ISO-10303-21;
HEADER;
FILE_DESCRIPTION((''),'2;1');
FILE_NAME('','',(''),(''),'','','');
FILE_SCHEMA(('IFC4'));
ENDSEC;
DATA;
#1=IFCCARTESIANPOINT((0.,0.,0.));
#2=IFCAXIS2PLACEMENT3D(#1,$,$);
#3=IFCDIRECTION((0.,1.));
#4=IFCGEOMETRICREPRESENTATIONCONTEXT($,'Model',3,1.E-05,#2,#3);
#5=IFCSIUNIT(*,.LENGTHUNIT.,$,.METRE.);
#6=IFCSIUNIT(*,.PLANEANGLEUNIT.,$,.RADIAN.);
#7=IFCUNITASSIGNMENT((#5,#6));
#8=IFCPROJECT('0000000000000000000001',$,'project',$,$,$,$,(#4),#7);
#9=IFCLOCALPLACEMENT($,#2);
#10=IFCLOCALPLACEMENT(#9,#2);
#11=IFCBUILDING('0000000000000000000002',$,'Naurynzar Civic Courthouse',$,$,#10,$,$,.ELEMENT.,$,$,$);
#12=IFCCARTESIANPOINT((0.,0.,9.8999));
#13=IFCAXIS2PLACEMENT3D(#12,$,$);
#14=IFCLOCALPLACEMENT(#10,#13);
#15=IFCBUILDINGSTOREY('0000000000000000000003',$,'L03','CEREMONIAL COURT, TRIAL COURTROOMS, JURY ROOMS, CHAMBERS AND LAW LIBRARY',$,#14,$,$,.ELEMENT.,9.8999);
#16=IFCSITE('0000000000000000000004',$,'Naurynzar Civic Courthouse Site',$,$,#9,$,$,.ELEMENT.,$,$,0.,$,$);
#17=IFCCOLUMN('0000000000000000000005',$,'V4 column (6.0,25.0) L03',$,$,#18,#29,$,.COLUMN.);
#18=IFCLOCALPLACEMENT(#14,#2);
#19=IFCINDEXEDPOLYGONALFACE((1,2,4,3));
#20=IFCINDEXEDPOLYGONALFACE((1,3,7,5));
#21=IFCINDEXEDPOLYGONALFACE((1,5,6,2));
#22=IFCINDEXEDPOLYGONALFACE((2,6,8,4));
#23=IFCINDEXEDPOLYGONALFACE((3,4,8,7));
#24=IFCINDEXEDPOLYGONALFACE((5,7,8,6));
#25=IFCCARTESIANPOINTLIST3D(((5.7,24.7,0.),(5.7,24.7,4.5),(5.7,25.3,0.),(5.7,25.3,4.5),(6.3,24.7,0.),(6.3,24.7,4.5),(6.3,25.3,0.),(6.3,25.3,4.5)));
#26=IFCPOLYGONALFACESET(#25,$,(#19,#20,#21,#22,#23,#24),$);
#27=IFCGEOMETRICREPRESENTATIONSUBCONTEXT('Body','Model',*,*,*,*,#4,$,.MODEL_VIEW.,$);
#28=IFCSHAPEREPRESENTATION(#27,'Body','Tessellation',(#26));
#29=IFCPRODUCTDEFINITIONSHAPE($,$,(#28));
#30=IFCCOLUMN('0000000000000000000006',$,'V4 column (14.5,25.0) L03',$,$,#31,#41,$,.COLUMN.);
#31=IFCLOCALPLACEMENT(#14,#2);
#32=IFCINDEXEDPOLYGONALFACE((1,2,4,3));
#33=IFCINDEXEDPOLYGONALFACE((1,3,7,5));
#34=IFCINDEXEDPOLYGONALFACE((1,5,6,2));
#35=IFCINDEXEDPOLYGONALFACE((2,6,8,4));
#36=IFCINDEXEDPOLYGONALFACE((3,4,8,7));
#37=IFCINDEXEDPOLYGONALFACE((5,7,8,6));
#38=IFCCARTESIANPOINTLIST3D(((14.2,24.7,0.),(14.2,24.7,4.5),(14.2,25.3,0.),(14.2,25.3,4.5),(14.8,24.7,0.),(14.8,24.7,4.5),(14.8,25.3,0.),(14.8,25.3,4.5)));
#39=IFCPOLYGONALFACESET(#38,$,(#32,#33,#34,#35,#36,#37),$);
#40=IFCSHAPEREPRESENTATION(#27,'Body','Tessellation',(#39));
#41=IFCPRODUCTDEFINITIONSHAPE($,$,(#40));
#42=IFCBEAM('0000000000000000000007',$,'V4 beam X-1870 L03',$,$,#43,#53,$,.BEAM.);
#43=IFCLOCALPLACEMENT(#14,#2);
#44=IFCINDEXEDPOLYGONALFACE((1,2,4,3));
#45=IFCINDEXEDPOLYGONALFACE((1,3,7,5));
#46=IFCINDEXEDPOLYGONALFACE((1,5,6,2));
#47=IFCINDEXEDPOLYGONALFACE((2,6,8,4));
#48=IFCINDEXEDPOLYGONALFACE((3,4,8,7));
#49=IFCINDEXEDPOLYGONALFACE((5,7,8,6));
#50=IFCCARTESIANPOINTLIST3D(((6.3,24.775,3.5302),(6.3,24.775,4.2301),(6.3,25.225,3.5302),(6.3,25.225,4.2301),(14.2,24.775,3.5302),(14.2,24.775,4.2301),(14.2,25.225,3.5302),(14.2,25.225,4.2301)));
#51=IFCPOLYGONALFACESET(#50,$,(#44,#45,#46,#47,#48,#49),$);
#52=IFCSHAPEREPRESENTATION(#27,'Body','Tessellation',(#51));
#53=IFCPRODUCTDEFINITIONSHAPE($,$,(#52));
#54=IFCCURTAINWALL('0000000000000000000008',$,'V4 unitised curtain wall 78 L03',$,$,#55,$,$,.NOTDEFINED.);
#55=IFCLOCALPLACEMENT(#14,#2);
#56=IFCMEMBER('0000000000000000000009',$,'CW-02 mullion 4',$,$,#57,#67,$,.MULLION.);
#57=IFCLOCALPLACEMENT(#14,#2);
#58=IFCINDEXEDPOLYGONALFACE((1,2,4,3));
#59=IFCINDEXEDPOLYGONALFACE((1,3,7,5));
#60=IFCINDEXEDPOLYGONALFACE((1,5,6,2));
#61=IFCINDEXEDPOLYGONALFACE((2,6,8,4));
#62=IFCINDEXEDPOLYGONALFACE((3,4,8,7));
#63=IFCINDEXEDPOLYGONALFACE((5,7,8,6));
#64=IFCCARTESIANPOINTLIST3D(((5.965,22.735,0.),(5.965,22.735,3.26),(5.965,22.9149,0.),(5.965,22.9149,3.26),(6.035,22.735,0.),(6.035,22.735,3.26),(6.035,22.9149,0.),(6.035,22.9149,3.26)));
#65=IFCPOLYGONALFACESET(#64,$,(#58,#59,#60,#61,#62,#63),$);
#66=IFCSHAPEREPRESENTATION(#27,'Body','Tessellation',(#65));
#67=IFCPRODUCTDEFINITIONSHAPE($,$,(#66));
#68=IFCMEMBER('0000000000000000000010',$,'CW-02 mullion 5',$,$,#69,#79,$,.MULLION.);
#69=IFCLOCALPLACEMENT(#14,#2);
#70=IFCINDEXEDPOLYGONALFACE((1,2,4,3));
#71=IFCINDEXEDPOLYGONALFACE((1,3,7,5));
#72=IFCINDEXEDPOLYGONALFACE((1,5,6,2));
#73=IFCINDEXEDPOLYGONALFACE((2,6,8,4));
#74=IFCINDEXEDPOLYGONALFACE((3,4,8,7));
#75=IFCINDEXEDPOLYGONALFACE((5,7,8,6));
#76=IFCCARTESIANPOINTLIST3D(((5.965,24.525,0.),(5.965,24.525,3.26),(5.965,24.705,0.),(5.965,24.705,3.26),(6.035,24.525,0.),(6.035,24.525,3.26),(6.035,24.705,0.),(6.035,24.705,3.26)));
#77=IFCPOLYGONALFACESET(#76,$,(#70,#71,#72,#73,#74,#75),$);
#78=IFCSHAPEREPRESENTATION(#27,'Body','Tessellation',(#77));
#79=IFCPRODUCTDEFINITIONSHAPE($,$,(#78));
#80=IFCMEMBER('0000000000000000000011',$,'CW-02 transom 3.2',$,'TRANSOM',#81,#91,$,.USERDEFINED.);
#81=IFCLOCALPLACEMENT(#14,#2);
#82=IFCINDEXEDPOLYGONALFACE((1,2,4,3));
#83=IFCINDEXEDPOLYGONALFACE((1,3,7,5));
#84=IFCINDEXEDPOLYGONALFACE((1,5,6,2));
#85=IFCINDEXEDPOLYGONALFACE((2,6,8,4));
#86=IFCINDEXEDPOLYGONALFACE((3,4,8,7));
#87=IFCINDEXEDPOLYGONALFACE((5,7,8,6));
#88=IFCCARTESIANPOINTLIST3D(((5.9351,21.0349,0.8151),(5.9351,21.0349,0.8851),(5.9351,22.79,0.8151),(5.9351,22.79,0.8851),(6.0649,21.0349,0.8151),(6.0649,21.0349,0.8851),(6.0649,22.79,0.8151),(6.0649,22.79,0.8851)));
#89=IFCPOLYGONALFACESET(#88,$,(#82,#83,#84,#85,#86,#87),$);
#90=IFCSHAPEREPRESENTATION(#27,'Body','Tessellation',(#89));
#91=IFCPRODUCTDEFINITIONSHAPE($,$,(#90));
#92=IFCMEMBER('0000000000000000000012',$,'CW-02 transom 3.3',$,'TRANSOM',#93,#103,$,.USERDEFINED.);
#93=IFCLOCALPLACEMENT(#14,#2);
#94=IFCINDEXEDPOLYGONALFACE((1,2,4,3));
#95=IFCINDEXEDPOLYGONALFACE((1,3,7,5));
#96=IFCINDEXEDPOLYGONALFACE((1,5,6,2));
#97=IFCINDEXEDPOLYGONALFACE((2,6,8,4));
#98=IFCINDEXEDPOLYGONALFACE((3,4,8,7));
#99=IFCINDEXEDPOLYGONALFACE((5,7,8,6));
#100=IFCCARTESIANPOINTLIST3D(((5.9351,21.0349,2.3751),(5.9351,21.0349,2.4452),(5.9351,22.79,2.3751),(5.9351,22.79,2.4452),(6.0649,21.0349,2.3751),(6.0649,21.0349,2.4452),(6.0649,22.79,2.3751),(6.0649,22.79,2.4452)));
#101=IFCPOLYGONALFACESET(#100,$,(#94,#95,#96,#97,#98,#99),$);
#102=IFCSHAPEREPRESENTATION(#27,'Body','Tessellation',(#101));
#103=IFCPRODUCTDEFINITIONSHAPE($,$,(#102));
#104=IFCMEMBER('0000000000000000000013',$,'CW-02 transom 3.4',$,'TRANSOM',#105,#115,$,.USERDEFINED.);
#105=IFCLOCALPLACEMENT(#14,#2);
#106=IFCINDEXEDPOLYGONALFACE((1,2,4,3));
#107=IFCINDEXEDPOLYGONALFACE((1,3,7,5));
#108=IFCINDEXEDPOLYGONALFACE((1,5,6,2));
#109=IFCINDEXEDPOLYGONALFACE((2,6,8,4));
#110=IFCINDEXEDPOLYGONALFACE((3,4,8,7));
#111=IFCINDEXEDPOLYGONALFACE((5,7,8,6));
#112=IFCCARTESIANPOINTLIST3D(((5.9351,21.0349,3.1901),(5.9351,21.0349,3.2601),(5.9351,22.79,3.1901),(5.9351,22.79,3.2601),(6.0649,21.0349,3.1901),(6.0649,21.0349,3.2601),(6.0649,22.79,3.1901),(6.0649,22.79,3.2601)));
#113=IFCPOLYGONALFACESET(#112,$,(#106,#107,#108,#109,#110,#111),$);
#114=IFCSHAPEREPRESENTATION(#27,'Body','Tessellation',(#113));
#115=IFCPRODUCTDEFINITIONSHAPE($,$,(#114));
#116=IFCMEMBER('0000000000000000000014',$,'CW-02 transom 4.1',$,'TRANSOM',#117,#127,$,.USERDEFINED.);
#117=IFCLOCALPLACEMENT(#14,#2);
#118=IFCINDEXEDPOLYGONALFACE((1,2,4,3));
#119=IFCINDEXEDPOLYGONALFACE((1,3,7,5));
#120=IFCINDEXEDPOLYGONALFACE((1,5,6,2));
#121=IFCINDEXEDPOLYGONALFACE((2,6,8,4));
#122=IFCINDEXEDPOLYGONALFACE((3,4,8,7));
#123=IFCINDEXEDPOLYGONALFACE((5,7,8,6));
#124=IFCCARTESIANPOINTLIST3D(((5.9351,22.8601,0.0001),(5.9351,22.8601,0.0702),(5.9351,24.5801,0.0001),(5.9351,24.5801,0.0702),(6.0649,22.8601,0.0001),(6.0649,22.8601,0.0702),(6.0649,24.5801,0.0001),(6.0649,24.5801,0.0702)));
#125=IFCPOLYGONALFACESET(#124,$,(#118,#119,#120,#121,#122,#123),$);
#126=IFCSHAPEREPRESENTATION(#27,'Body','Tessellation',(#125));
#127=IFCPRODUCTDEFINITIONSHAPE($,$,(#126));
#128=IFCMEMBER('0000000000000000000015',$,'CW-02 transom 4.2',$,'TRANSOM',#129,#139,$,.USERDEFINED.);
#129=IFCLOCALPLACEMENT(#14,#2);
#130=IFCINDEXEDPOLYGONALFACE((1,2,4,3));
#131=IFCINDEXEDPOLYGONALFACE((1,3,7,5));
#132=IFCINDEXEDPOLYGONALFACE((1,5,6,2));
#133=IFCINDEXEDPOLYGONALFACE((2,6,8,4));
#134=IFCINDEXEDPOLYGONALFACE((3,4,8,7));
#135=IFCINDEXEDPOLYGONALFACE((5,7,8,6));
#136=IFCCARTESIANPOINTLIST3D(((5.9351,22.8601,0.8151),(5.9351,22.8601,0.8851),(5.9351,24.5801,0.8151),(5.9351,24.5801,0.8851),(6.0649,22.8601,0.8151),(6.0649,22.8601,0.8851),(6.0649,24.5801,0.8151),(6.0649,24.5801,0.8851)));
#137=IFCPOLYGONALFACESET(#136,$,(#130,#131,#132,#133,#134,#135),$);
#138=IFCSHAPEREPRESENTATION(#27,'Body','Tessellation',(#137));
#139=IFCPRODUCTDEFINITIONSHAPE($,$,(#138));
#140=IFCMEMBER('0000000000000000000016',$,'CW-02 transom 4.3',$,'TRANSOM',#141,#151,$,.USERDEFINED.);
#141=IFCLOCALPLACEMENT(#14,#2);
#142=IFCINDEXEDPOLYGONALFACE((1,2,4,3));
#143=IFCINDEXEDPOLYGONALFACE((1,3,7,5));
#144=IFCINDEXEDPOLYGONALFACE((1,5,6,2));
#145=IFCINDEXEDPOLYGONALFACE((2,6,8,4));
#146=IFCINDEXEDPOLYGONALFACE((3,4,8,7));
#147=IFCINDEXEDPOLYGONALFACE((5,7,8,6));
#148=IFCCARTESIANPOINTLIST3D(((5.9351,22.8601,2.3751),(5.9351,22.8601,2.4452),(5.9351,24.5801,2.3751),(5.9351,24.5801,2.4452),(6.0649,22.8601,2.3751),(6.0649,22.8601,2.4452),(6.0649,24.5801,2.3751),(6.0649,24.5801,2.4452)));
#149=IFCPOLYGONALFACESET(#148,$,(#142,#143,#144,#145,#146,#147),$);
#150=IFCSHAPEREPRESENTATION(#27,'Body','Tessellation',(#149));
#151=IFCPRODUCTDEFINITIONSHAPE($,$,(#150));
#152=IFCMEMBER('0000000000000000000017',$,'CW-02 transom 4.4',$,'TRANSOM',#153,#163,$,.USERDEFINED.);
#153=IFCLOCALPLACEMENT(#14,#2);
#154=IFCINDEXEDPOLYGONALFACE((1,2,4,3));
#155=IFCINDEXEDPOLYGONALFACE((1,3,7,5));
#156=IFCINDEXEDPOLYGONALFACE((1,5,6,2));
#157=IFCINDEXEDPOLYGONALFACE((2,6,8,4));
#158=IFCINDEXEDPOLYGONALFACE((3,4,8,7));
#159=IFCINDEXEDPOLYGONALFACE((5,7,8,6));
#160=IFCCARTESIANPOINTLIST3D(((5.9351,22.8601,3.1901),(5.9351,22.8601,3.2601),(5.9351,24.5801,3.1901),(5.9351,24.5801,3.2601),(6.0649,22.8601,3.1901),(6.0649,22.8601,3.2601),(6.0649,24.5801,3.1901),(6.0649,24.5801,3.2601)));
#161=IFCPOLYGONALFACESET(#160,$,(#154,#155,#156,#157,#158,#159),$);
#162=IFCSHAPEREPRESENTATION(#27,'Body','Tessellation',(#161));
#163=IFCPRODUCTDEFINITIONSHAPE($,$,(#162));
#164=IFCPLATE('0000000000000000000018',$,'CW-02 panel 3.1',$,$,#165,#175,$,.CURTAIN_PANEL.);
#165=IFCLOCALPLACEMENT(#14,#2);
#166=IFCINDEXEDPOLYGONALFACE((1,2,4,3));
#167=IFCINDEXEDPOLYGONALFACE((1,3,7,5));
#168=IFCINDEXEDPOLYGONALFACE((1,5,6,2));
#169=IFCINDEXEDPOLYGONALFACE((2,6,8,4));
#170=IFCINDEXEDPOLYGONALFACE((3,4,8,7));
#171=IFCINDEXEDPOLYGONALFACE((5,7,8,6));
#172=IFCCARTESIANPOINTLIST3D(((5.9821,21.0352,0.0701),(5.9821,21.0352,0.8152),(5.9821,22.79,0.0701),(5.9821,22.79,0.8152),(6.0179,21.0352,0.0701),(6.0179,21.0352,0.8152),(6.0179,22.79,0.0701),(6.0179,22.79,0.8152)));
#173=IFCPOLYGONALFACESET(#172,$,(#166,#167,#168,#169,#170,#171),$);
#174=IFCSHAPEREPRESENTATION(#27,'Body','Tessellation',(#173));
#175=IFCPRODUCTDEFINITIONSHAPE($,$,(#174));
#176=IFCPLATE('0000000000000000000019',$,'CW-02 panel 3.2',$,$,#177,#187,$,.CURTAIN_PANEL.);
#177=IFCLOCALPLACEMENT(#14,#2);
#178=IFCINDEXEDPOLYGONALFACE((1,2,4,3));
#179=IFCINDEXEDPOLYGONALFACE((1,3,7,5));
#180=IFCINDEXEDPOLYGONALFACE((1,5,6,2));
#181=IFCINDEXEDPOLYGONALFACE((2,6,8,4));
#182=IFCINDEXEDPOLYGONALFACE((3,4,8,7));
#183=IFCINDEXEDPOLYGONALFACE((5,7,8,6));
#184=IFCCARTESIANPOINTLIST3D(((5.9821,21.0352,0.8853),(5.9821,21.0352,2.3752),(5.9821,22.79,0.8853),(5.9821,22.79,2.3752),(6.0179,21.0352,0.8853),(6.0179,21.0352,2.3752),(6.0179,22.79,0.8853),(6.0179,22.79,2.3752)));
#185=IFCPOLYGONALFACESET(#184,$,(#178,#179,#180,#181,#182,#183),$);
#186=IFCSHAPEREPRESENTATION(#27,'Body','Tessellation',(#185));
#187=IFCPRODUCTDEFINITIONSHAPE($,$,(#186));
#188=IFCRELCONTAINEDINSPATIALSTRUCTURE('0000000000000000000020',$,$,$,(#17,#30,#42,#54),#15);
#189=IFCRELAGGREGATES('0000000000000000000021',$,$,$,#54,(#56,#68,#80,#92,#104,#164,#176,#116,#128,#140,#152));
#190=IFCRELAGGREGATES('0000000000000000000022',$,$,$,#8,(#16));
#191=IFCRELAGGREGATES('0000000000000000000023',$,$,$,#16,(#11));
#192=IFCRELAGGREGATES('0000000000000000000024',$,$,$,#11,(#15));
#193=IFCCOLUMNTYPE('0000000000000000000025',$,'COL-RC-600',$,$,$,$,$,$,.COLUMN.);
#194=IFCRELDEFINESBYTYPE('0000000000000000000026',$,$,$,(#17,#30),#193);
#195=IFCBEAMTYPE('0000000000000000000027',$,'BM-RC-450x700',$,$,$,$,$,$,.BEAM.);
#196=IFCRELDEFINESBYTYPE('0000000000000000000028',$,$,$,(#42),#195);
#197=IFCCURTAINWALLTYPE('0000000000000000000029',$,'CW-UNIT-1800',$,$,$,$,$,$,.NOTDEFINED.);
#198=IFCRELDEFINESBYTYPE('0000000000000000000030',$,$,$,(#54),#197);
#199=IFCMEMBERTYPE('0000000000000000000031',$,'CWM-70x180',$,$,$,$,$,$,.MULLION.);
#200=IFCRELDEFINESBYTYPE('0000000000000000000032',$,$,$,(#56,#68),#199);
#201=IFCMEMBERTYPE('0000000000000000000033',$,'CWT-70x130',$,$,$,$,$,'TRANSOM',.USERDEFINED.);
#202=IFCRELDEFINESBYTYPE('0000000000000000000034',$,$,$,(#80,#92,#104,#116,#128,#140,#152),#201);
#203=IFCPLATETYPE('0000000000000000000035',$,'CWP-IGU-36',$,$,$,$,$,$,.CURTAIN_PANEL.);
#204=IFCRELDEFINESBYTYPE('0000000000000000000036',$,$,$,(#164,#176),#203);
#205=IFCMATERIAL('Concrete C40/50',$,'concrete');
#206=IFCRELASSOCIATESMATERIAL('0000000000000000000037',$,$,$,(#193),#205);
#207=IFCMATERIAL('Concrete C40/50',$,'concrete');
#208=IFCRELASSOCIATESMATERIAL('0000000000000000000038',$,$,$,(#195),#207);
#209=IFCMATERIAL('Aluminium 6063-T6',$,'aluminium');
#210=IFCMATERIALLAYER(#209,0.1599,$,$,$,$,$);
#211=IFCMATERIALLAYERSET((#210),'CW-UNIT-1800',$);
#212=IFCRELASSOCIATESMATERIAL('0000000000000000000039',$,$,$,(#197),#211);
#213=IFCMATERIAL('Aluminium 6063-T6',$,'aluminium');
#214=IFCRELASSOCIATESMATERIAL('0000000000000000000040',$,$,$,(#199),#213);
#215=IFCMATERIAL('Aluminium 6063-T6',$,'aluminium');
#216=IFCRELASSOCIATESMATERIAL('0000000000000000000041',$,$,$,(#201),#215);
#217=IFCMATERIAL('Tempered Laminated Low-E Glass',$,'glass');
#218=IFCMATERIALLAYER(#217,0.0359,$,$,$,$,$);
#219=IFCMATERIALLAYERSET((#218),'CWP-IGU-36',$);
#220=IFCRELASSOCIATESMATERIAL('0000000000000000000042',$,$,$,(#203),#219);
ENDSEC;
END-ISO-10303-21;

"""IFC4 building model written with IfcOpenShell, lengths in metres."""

from ifc_helpers import new_model, si_unit, direction, frame, origin, origin_2d, place, context, subcontext, project, spatial, rectangle, extrude, material, layer, layer_set, material_profile, profile_set, type_object, element, aggregate, save


model = new_model("IFC4")

# Units and contexts
model_context = context("Model", 3, precision=1e-05, world=origin(), true_north=direction((0.0, 1.0)))
body_context = subcontext(model_context, "Body", "Model", "MODEL_VIEW")
ifc_project = project(units=[si_unit("LENGTHUNIT", "METRE"), si_unit("PLANEANGLEUNIT", "RADIAN")], contexts=[model_context])

# Site, building, storey
site_placement = place(None, origin())
site = spatial("IfcSite", under=ifc_project, at=site_placement, Name="Naurynzar Civic Courthouse Site", CompositionType="ELEMENT", RefElevation=0.0)
building_placement = place(site_placement, origin())
building = spatial("IfcBuilding", under=site, at=building_placement, Name="Naurynzar Civic Courthouse", CompositionType="ELEMENT")
storey_placement = place(building_placement, frame((0.0, 0.0, 9.8999)))
storey = spatial("IfcBuildingStorey", under=building, at=storey_placement, Name="L03", Description="CEREMONIAL COURT, TRIAL COURTROOMS, JURY ROOMS, CHAMBERS AND LAW LIBRARY", CompositionType="ELEMENT", Elevation=9.8999)

# Columns
ifc_material_1 = material(Name="Concrete C40/50", Category="concrete")
ifc_material_profile_1 = material_profile(ifc_material_1, rectangle(XDim=0.6001, YDim=0.6001, at=origin_2d()), Name="RC 600x600")
ifc_profile_set_1 = profile_set([ifc_material_profile_1], Name="Concrete C40/50")
column_type = type_object("IfcColumnType", Name="COL-RC-600", PredefinedType="COLUMN", material=ifc_profile_set_1)
for number, where, z_axis, x_axis, name in (
    (1, (6.0, 25.0, 0.0), (0.0, 0.0, 1.0), (1.0, 0.0, 0.0), "V4 column (6.0,25.0) L03"),
    (2, (14.5, 25.0, 0.0), (0.0, 0.0, 1.0), (1.0, 0.0, 0.0), "V4 column (14.5,25.0) L03"),
):
    element("IfcColumn", number, at=place(storey_placement, frame(where, z_axis=z_axis, x_axis=x_axis)), inside=storey, type_object=column_type, Name=name, PredefinedType="COLUMN", context=body_context, shape_type="SweptSolid", body=[
        extrude(rectangle(XDim=0.6001, YDim=0.6001, at=origin_2d()), origin(), (0.0, 0.0, 1.0), 4.5),
    ])

# Beam
ifc_material_2 = material(Name="Concrete C40/50", Category="concrete")
ifc_material_profile_2 = material_profile(ifc_material_2, rectangle(XDim=0.45, YDim=0.7, at=origin_2d()), Name="RCB 450x700")
ifc_profile_set_2 = profile_set([ifc_material_profile_2], Name="Concrete C40/50")
beam_type = type_object("IfcBeamType", Name="BM-RC-450x700", PredefinedType="BEAM", material=ifc_profile_set_2)
beam_placement = place(storey_placement, frame((6.3, 25.0, 3.8801), z_axis=(1.0, 0.0, 0.0), x_axis=(0.0, 1.0, 0.0)))
element("IfcBeam", 3, at=beam_placement, inside=storey, type_object=beam_type, Name="V4 beam X-1870 L03", PredefinedType="BEAM", context=body_context, shape_type="SweptSolid", body=[
    extrude(rectangle(XDim=0.45, YDim=0.7, at=origin_2d()), origin(), (0.0, 0.0, 1.0), 7.8999),
])

# Curtain wall, members, plates
ifc_material_3 = material(Name="Aluminium 6063-T6", Category="aluminium")
ifc_layer_1 = layer(ifc_material_3, 0.1599)
ifc_layer_set_1 = layer_set([ifc_layer_1], Name="CW-UNIT-1800")
curtain_wall_type = type_object("IfcCurtainWallType", Name="CW-UNIT-1800", PredefinedType="NOTDEFINED", material=ifc_layer_set_1)
curtain_wall_placement = place(storey_placement, origin())
curtain_wall = element("IfcCurtainWall", 4, at=curtain_wall_placement, inside=storey, type_object=curtain_wall_type, Name="V4 unitised curtain wall 78 L03", PredefinedType="NOTDEFINED")
ifc_material_4 = material(Name="Aluminium 6063-T6", Category="aluminium")
ifc_material_profile_3 = material_profile(ifc_material_4, rectangle(XDim=0.0701, YDim=0.1799, at=origin_2d()), Name="ALU MULLION 70x180")
ifc_profile_set_3 = profile_set([ifc_material_profile_3], Name="Aluminium 6063-T6")
member_type_1 = type_object("IfcMemberType", Name="CWM-70x180", PredefinedType="MULLION", material=ifc_profile_set_3)
member_1_placement = place(storey_placement, frame((6.0, 22.825, 0.0), z_axis=(0.0, 0.0, 1.0), x_axis=(-1.0, 0.0, 0.0)))
member_1 = element("IfcMember", 5, at=member_1_placement, type_object=member_type_1, Name="CW-02 mullion 4", PredefinedType="MULLION", context=body_context, shape_type="SweptSolid", body=[
    extrude(rectangle(XDim=0.0701, YDim=0.1799, at=origin_2d()), origin(), (0.0, 0.0, 1.0), 3.26),
])
member_2_placement = place(storey_placement, frame((6.0, 24.615, 0.0), z_axis=(0.0, 0.0, 1.0), x_axis=(-1.0, 0.0, 0.0)))
member_2 = element("IfcMember", 6, at=member_2_placement, type_object=member_type_1, Name="CW-02 mullion 5", PredefinedType="MULLION", context=body_context, shape_type="SweptSolid", body=[
    extrude(rectangle(XDim=0.0701, YDim=0.1799, at=origin_2d()), origin(), (0.0, 0.0, 1.0), 3.26),
])
ifc_material_5 = material(Name="Aluminium 6063-T6", Category="aluminium")
ifc_material_profile_4 = material_profile(ifc_material_5, rectangle(XDim=0.1299, YDim=0.0701, at=origin_2d()), Name="ALU TRANSOM 70x130")
ifc_profile_set_4 = profile_set([ifc_material_profile_4], Name="Aluminium 6063-T6")
member_type_2 = type_object("IfcMemberType", Name="CWT-70x130", ElementType="TRANSOM", PredefinedType="USERDEFINED", material=ifc_profile_set_4)
member_3_placement = place(storey_placement, frame((6.0, 21.0349, 0.8501), z_axis=(0.0, 1.0, 0.0), x_axis=(-1.0, 0.0, 0.0)))
member_3 = element("IfcMember", 7, at=member_3_placement, type_object=member_type_2, Name="CW-02 transom 3.2", ObjectType="TRANSOM", PredefinedType="USERDEFINED", context=body_context, shape_type="SweptSolid", body=[
    extrude(rectangle(XDim=0.1299, YDim=0.0701, at=origin_2d()), origin(), (0.0, 0.0, 1.0), 1.7551),
])
member_4_placement = place(storey_placement, frame((6.0, 21.0349, 2.4102), z_axis=(0.0, 1.0, 0.0), x_axis=(-1.0, 0.0, 0.0)))
member_4 = element("IfcMember", 8, at=member_4_placement, type_object=member_type_2, Name="CW-02 transom 3.3", ObjectType="TRANSOM", PredefinedType="USERDEFINED", context=body_context, shape_type="SweptSolid", body=[
    extrude(rectangle(XDim=0.1299, YDim=0.0701, at=origin_2d()), origin(), (0.0, 0.0, 1.0), 1.7551),
])
member_5_placement = place(storey_placement, frame((6.0, 21.0349, 3.2251), z_axis=(0.0, 1.0, 0.0), x_axis=(-1.0, 0.0, 0.0)))
member_5 = element("IfcMember", 9, at=member_5_placement, type_object=member_type_2, Name="CW-02 transom 3.4", ObjectType="TRANSOM", PredefinedType="USERDEFINED", context=body_context, shape_type="SweptSolid", body=[
    extrude(rectangle(XDim=0.1299, YDim=0.0701, at=origin_2d()), origin(), (0.0, 0.0, 1.0), 1.7551),
])
member_6_placement = place(storey_placement, frame((6.0, 22.8601, 0.0352), z_axis=(0.0, 1.0, 0.0), x_axis=(-1.0, 0.0, 0.0)))
member_6 = element("IfcMember", 10, at=member_6_placement, type_object=member_type_2, Name="CW-02 transom 4.1", ObjectType="TRANSOM", PredefinedType="USERDEFINED", context=body_context, shape_type="SweptSolid", body=[
    extrude(rectangle(XDim=0.1299, YDim=0.0701, at=origin_2d()), origin(), (0.0, 0.0, 1.0), 1.72),
])
member_7_placement = place(storey_placement, frame((6.0, 22.8601, 0.8501), z_axis=(0.0, 1.0, 0.0), x_axis=(-1.0, 0.0, 0.0)))
member_7 = element("IfcMember", 11, at=member_7_placement, type_object=member_type_2, Name="CW-02 transom 4.2", ObjectType="TRANSOM", PredefinedType="USERDEFINED", context=body_context, shape_type="SweptSolid", body=[
    extrude(rectangle(XDim=0.1299, YDim=0.0701, at=origin_2d()), origin(), (0.0, 0.0, 1.0), 1.72),
])
member_8_placement = place(storey_placement, frame((6.0, 22.8601, 2.4102), z_axis=(0.0, 1.0, 0.0), x_axis=(-1.0, 0.0, 0.0)))
member_8 = element("IfcMember", 12, at=member_8_placement, type_object=member_type_2, Name="CW-02 transom 4.3", ObjectType="TRANSOM", PredefinedType="USERDEFINED", context=body_context, shape_type="SweptSolid", body=[
    extrude(rectangle(XDim=0.1299, YDim=0.0701, at=origin_2d()), origin(), (0.0, 0.0, 1.0), 1.72),
])
member_9_placement = place(storey_placement, frame((6.0, 22.8601, 3.2251), z_axis=(0.0, 1.0, 0.0), x_axis=(-1.0, 0.0, 0.0)))
member_9 = element("IfcMember", 13, at=member_9_placement, type_object=member_type_2, Name="CW-02 transom 4.4", ObjectType="TRANSOM", PredefinedType="USERDEFINED", context=body_context, shape_type="SweptSolid", body=[
    extrude(rectangle(XDim=0.1299, YDim=0.0701, at=origin_2d()), origin(), (0.0, 0.0, 1.0), 1.72),
])
ifc_material_6 = material(Name="Tempered Laminated Low-E Glass", Category="glass")
ifc_layer_2 = layer(ifc_material_6, 0.0359)
ifc_layer_set_2 = layer_set([ifc_layer_2], Name="CWP-IGU-36")
plate_type = type_object("IfcPlateType", Name="CWP-IGU-36", PredefinedType="CURTAIN_PANEL", material=ifc_layer_set_2)
plate_1_placement = place(storey_placement, frame((6.0, 21.9126, 0.0701), z_axis=(0.0, 0.0, 1.0), x_axis=(0.0, 1.0, 0.0)))
plate_1 = element("IfcPlate", 14, at=plate_1_placement, type_object=plate_type, Name="CW-02 panel 3.1", PredefinedType="CURTAIN_PANEL", context=body_context, shape_type="SweptSolid", body=[
    extrude(rectangle(XDim=1.7549, YDim=0.0359, at=origin_2d()), origin(), (0.0, 0.0, 1.0), 0.7451),
])
plate_2_placement = place(storey_placement, frame((6.0, 21.9126, 0.8853), z_axis=(0.0, 0.0, 1.0), x_axis=(0.0, 1.0, 0.0)))
plate_2 = element("IfcPlate", 15, at=plate_2_placement, type_object=plate_type, Name="CW-02 panel 3.2", PredefinedType="CURTAIN_PANEL", context=body_context, shape_type="SweptSolid", body=[
    extrude(rectangle(XDim=1.7549, YDim=0.0359, at=origin_2d()), origin(), (0.0, 0.0, 1.0), 1.49),
])
aggregate(curtain_wall, [member_1, member_2, member_3, member_4, member_5, plate_1, plate_2, member_6, member_7, member_8, member_9])

save(model, "model.ifc")
